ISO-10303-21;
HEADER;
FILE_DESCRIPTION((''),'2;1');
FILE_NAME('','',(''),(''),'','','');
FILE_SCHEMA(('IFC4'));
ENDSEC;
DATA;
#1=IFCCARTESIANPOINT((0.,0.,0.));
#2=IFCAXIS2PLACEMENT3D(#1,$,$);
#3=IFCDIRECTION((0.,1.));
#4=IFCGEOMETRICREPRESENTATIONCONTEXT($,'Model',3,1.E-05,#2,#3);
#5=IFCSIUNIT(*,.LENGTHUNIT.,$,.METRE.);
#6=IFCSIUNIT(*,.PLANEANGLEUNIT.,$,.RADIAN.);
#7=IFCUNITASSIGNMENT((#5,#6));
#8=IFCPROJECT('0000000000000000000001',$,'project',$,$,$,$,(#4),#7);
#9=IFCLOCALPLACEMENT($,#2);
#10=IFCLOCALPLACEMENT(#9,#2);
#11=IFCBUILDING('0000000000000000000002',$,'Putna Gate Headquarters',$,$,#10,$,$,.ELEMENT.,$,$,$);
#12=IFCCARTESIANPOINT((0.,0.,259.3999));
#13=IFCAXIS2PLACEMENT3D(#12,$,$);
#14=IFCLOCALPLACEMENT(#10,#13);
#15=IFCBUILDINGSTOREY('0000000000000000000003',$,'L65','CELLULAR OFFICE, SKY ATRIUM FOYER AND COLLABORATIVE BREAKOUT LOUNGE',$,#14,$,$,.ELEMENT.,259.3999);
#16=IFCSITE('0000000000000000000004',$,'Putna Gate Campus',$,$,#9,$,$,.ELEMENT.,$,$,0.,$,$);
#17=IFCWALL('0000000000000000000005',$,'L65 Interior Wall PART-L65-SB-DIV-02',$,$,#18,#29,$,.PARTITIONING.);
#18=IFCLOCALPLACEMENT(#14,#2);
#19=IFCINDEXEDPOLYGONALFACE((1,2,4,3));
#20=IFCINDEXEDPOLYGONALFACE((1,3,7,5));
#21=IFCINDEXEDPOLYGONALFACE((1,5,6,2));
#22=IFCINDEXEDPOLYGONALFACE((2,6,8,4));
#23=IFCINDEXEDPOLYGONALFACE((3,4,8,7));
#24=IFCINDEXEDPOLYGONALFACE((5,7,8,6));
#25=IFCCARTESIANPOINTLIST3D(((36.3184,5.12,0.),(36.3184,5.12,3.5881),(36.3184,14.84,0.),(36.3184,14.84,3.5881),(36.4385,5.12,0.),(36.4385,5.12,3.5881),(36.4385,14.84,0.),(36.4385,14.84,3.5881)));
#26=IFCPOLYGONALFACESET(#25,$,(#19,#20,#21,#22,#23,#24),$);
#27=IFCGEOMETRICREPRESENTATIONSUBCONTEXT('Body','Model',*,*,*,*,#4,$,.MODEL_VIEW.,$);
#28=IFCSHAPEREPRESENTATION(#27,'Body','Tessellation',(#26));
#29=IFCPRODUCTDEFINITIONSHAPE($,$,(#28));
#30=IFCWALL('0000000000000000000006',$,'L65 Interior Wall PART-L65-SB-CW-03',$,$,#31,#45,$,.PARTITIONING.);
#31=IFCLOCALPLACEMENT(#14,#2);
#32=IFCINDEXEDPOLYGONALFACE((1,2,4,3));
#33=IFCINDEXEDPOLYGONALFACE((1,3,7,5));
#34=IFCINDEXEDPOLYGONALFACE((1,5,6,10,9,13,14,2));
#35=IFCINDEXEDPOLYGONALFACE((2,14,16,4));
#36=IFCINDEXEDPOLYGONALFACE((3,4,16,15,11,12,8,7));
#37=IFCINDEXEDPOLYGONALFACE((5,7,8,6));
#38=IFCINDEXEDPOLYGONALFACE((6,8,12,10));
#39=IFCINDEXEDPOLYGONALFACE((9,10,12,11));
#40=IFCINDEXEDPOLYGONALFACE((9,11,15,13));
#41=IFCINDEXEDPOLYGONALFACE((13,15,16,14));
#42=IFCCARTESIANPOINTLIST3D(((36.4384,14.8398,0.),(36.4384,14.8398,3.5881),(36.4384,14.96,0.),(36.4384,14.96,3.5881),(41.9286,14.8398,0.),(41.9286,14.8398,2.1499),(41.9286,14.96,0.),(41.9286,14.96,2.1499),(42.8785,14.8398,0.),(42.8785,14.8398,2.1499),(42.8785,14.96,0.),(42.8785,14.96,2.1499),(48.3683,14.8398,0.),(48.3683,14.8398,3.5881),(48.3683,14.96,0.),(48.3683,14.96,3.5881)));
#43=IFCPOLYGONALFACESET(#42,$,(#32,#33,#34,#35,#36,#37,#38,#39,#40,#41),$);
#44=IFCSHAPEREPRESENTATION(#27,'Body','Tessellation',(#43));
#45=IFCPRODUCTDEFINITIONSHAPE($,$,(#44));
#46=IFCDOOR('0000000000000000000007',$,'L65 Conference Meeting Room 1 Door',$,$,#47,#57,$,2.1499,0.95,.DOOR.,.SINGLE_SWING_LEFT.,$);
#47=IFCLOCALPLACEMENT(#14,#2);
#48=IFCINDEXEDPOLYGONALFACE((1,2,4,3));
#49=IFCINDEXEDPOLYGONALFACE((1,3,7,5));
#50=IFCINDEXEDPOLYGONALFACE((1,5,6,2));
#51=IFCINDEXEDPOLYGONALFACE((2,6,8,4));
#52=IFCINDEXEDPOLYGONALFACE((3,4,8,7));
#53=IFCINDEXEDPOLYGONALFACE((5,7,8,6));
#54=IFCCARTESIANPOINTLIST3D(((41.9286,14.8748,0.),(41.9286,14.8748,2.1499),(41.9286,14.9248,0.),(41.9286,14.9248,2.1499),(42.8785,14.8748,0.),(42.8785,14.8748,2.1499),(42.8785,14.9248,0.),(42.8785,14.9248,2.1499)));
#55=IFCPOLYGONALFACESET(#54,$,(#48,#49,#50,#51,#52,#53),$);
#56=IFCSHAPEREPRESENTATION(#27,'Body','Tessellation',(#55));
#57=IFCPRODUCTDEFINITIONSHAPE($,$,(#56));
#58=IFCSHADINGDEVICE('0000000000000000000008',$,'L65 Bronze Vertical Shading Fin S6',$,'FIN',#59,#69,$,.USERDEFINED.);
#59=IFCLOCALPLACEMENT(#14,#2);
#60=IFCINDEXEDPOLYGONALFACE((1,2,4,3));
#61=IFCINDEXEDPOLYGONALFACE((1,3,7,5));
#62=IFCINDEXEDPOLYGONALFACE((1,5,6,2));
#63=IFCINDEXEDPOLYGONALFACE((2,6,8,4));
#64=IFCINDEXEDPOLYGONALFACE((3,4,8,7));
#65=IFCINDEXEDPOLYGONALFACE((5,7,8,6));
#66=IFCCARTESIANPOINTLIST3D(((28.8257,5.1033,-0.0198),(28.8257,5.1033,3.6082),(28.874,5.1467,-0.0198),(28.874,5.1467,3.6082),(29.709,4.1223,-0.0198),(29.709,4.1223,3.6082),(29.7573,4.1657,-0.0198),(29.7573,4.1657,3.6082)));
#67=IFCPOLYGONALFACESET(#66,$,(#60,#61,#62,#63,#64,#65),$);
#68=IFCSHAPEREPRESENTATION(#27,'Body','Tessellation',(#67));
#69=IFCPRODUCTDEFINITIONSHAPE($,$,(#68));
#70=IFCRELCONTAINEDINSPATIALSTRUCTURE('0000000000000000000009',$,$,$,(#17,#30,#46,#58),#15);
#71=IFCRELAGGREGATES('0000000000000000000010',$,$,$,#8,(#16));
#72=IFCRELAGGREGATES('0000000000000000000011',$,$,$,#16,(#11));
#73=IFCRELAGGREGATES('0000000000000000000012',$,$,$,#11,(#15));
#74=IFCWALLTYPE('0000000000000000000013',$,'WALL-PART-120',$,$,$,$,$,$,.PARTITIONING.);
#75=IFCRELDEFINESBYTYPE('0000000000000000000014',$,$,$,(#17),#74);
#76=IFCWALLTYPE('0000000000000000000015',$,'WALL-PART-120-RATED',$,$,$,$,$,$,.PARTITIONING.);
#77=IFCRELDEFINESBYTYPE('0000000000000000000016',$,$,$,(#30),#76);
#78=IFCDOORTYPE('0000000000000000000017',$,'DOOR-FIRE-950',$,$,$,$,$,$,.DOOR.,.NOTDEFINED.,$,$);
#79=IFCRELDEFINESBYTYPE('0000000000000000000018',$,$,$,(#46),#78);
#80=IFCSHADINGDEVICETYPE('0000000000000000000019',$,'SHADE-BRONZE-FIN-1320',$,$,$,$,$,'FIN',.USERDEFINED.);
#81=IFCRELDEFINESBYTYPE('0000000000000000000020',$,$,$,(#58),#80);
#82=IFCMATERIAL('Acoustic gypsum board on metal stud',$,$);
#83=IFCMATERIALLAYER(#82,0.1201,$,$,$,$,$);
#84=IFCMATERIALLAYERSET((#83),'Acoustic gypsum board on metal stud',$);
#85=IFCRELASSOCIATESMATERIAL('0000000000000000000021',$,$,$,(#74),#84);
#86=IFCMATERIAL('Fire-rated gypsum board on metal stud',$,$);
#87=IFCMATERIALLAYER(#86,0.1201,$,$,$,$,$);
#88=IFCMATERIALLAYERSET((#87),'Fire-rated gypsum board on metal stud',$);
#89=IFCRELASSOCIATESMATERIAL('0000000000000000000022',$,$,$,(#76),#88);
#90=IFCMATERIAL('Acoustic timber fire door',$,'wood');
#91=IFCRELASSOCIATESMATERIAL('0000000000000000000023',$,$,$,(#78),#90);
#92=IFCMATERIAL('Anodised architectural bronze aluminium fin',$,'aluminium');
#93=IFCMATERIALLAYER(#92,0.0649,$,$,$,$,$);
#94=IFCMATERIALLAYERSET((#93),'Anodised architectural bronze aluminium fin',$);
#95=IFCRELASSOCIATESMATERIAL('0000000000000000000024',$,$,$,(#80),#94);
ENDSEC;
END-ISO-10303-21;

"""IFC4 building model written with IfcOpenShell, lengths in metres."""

from ifc_helpers import new_model, si_unit, direction, frame, frame_2d, origin, origin_2d, place, context, subcontext, project, spatial, rectangle, extrude, material, layer, layer_set, type_object, element, fill, save


model = new_model("IFC4")

# Units and contexts
model_context = context("Model", 3, precision=1e-05, world=origin(), true_north=direction((0.0, 1.0)))
body_context = subcontext(model_context, "Body", "Model", "MODEL_VIEW")
ifc_project = project(units=[si_unit("LENGTHUNIT", "METRE"), si_unit("PLANEANGLEUNIT", "RADIAN")], contexts=[model_context])

# Site, building, storey
site_placement = place(None, origin())
site = spatial("IfcSite", under=ifc_project, at=site_placement, Name="Putna Gate Campus", CompositionType="ELEMENT", RefElevation=0.0)
building_placement = place(site_placement, origin())
building = spatial("IfcBuilding", under=site, at=building_placement, Name="Putna Gate Headquarters", CompositionType="ELEMENT")
storey_placement = place(building_placement, frame((0.0, 0.0, 259.3999)))
storey = spatial("IfcBuildingStorey", under=building, at=storey_placement, Name="L65", Description="CELLULAR OFFICE, SKY ATRIUM FOYER AND COLLABORATIVE BREAKOUT LOUNGE", CompositionType="ELEMENT", Elevation=259.3999)

# Wall
ifc_material_1 = material(Name="Acoustic gypsum board on metal stud")
ifc_layer_1 = layer(ifc_material_1, 0.1201)
ifc_layer_set_1 = layer_set([ifc_layer_1], Name="Acoustic gypsum board on metal stud")
wall_type_1 = type_object("IfcWallType", Name="WALL-PART-120", PredefinedType="PARTITIONING", material=ifc_layer_set_1)
wall_1_placement = place(storey_placement, frame((36.3784, 5.1201, 0.0), z_axis=(0.0, 0.0, 1.0), x_axis=(0.0, 1.0, 0.0)))
element("IfcWall", 1, at=wall_1_placement, inside=storey, type_object=wall_type_1, Name="L65 Interior Wall PART-L65-SB-DIV-02", PredefinedType="PARTITIONING", context=body_context, shape_type="SweptSolid", body=[
    extrude(rectangle(XDim=9.72, YDim=0.1201, at=frame_2d((4.8599, 0.0))), origin(), (0.0, 0.0, 1.0), 3.5881),
])

# Wall, opening, door
ifc_material_2 = material(Name="Fire-rated gypsum board on metal stud")
ifc_layer_2 = layer(ifc_material_2, 0.1201)
ifc_layer_set_2 = layer_set([ifc_layer_2], Name="Fire-rated gypsum board on metal stud")
wall_type_2 = type_object("IfcWallType", Name="WALL-PART-120-RATED", PredefinedType="PARTITIONING", material=ifc_layer_set_2)
wall_2_placement = place(storey_placement, frame((36.4385, 14.8999, 0.0), z_axis=(0.0, 0.0, 1.0), x_axis=(1.0, 0.0, 0.0)))
wall_2 = element("IfcWall", 2, at=wall_2_placement, inside=storey, type_object=wall_type_2, Name="L65 Interior Wall PART-L65-SB-CW-03", PredefinedType="PARTITIONING", context=body_context, shape_type="SweptSolid", body=[
    extrude(rectangle(XDim=11.9299, YDim=0.1201, at=frame_2d((5.9648, 0.0))), origin(), (0.0, 0.0, 1.0), 3.5881),
])
opening_placement = place(wall_2_placement, frame((5.49, 0.0, 0.0)))
opening = element("IfcOpeningElement", 3, at=opening_placement, cuts=wall_2, PredefinedType="OPENING", context=body_context, shape_type="SweptSolid", body=[
    extrude(rectangle(XDim=0.95, YDim=2.1499, at=frame_2d((0.4751, 1.075))), frame((0.0, 0.0701, 0.0), z_axis=(0.0, -1.0, 0.0), x_axis=(1.0, 0.0, 0.0)), (0.0, 0.0, 1.0), 0.1401),
])
ifc_material_3 = material(Name="Acoustic timber fire door", Category="wood")
door_type = type_object("IfcDoorType", Name="DOOR-FIRE-950", OperationType="NOTDEFINED", PredefinedType="DOOR", material=ifc_material_3)
door_placement = place(opening_placement, origin())
door = element("IfcDoor", 4, at=door_placement, inside=storey, type_object=door_type, Name="L65 Conference Meeting Room 1 Door", OperationType="SINGLE_SWING_LEFT", OverallHeight=2.1499, OverallWidth=0.95, PredefinedType="DOOR", context=body_context, shape_type="SweptSolid", body=[
    extrude(rectangle(XDim=0.95, YDim=2.1499, at=frame_2d((0.4751, 1.075))), frame((0.0, 0.0249, 0.0), z_axis=(0.0, -1.0, 0.0), x_axis=(1.0, 0.0, 0.0)), (0.0, 0.0, 1.0), 0.05),
])
fill(opening, door)

# Shading device
ifc_material_4 = material(Name="Anodised architectural bronze aluminium fin", Category="aluminium")
ifc_layer_3 = layer(ifc_material_4, 0.0649)
ifc_layer_set_3 = layer_set([ifc_layer_3], Name="Anodised architectural bronze aluminium fin")
shading_device_type = type_object("IfcShadingDeviceType", Name="SHADE-BRONZE-FIN-1320", ElementType="FIN", PredefinedType="USERDEFINED", material=ifc_layer_set_3)
shading_device_placement = place(storey_placement, frame((29.2915, 4.6345, -0.0198), z_axis=(0.0, 0.0, 1.0), x_axis=(0.669131, -0.743145, 0.0)))
element("IfcShadingDevice", 5, at=shading_device_placement, inside=storey, type_object=shading_device_type, Name="L65 Bronze Vertical Shading Fin S6", ObjectType="FIN", PredefinedType="USERDEFINED", context=body_context, shape_type="SweptSolid", body=[
    extrude(rectangle(XDim=1.3201, YDim=0.0649, at=origin_2d()), origin(), (0.0, 0.0, 1.0), 3.6279),
])

save(model, "model.ifc")
